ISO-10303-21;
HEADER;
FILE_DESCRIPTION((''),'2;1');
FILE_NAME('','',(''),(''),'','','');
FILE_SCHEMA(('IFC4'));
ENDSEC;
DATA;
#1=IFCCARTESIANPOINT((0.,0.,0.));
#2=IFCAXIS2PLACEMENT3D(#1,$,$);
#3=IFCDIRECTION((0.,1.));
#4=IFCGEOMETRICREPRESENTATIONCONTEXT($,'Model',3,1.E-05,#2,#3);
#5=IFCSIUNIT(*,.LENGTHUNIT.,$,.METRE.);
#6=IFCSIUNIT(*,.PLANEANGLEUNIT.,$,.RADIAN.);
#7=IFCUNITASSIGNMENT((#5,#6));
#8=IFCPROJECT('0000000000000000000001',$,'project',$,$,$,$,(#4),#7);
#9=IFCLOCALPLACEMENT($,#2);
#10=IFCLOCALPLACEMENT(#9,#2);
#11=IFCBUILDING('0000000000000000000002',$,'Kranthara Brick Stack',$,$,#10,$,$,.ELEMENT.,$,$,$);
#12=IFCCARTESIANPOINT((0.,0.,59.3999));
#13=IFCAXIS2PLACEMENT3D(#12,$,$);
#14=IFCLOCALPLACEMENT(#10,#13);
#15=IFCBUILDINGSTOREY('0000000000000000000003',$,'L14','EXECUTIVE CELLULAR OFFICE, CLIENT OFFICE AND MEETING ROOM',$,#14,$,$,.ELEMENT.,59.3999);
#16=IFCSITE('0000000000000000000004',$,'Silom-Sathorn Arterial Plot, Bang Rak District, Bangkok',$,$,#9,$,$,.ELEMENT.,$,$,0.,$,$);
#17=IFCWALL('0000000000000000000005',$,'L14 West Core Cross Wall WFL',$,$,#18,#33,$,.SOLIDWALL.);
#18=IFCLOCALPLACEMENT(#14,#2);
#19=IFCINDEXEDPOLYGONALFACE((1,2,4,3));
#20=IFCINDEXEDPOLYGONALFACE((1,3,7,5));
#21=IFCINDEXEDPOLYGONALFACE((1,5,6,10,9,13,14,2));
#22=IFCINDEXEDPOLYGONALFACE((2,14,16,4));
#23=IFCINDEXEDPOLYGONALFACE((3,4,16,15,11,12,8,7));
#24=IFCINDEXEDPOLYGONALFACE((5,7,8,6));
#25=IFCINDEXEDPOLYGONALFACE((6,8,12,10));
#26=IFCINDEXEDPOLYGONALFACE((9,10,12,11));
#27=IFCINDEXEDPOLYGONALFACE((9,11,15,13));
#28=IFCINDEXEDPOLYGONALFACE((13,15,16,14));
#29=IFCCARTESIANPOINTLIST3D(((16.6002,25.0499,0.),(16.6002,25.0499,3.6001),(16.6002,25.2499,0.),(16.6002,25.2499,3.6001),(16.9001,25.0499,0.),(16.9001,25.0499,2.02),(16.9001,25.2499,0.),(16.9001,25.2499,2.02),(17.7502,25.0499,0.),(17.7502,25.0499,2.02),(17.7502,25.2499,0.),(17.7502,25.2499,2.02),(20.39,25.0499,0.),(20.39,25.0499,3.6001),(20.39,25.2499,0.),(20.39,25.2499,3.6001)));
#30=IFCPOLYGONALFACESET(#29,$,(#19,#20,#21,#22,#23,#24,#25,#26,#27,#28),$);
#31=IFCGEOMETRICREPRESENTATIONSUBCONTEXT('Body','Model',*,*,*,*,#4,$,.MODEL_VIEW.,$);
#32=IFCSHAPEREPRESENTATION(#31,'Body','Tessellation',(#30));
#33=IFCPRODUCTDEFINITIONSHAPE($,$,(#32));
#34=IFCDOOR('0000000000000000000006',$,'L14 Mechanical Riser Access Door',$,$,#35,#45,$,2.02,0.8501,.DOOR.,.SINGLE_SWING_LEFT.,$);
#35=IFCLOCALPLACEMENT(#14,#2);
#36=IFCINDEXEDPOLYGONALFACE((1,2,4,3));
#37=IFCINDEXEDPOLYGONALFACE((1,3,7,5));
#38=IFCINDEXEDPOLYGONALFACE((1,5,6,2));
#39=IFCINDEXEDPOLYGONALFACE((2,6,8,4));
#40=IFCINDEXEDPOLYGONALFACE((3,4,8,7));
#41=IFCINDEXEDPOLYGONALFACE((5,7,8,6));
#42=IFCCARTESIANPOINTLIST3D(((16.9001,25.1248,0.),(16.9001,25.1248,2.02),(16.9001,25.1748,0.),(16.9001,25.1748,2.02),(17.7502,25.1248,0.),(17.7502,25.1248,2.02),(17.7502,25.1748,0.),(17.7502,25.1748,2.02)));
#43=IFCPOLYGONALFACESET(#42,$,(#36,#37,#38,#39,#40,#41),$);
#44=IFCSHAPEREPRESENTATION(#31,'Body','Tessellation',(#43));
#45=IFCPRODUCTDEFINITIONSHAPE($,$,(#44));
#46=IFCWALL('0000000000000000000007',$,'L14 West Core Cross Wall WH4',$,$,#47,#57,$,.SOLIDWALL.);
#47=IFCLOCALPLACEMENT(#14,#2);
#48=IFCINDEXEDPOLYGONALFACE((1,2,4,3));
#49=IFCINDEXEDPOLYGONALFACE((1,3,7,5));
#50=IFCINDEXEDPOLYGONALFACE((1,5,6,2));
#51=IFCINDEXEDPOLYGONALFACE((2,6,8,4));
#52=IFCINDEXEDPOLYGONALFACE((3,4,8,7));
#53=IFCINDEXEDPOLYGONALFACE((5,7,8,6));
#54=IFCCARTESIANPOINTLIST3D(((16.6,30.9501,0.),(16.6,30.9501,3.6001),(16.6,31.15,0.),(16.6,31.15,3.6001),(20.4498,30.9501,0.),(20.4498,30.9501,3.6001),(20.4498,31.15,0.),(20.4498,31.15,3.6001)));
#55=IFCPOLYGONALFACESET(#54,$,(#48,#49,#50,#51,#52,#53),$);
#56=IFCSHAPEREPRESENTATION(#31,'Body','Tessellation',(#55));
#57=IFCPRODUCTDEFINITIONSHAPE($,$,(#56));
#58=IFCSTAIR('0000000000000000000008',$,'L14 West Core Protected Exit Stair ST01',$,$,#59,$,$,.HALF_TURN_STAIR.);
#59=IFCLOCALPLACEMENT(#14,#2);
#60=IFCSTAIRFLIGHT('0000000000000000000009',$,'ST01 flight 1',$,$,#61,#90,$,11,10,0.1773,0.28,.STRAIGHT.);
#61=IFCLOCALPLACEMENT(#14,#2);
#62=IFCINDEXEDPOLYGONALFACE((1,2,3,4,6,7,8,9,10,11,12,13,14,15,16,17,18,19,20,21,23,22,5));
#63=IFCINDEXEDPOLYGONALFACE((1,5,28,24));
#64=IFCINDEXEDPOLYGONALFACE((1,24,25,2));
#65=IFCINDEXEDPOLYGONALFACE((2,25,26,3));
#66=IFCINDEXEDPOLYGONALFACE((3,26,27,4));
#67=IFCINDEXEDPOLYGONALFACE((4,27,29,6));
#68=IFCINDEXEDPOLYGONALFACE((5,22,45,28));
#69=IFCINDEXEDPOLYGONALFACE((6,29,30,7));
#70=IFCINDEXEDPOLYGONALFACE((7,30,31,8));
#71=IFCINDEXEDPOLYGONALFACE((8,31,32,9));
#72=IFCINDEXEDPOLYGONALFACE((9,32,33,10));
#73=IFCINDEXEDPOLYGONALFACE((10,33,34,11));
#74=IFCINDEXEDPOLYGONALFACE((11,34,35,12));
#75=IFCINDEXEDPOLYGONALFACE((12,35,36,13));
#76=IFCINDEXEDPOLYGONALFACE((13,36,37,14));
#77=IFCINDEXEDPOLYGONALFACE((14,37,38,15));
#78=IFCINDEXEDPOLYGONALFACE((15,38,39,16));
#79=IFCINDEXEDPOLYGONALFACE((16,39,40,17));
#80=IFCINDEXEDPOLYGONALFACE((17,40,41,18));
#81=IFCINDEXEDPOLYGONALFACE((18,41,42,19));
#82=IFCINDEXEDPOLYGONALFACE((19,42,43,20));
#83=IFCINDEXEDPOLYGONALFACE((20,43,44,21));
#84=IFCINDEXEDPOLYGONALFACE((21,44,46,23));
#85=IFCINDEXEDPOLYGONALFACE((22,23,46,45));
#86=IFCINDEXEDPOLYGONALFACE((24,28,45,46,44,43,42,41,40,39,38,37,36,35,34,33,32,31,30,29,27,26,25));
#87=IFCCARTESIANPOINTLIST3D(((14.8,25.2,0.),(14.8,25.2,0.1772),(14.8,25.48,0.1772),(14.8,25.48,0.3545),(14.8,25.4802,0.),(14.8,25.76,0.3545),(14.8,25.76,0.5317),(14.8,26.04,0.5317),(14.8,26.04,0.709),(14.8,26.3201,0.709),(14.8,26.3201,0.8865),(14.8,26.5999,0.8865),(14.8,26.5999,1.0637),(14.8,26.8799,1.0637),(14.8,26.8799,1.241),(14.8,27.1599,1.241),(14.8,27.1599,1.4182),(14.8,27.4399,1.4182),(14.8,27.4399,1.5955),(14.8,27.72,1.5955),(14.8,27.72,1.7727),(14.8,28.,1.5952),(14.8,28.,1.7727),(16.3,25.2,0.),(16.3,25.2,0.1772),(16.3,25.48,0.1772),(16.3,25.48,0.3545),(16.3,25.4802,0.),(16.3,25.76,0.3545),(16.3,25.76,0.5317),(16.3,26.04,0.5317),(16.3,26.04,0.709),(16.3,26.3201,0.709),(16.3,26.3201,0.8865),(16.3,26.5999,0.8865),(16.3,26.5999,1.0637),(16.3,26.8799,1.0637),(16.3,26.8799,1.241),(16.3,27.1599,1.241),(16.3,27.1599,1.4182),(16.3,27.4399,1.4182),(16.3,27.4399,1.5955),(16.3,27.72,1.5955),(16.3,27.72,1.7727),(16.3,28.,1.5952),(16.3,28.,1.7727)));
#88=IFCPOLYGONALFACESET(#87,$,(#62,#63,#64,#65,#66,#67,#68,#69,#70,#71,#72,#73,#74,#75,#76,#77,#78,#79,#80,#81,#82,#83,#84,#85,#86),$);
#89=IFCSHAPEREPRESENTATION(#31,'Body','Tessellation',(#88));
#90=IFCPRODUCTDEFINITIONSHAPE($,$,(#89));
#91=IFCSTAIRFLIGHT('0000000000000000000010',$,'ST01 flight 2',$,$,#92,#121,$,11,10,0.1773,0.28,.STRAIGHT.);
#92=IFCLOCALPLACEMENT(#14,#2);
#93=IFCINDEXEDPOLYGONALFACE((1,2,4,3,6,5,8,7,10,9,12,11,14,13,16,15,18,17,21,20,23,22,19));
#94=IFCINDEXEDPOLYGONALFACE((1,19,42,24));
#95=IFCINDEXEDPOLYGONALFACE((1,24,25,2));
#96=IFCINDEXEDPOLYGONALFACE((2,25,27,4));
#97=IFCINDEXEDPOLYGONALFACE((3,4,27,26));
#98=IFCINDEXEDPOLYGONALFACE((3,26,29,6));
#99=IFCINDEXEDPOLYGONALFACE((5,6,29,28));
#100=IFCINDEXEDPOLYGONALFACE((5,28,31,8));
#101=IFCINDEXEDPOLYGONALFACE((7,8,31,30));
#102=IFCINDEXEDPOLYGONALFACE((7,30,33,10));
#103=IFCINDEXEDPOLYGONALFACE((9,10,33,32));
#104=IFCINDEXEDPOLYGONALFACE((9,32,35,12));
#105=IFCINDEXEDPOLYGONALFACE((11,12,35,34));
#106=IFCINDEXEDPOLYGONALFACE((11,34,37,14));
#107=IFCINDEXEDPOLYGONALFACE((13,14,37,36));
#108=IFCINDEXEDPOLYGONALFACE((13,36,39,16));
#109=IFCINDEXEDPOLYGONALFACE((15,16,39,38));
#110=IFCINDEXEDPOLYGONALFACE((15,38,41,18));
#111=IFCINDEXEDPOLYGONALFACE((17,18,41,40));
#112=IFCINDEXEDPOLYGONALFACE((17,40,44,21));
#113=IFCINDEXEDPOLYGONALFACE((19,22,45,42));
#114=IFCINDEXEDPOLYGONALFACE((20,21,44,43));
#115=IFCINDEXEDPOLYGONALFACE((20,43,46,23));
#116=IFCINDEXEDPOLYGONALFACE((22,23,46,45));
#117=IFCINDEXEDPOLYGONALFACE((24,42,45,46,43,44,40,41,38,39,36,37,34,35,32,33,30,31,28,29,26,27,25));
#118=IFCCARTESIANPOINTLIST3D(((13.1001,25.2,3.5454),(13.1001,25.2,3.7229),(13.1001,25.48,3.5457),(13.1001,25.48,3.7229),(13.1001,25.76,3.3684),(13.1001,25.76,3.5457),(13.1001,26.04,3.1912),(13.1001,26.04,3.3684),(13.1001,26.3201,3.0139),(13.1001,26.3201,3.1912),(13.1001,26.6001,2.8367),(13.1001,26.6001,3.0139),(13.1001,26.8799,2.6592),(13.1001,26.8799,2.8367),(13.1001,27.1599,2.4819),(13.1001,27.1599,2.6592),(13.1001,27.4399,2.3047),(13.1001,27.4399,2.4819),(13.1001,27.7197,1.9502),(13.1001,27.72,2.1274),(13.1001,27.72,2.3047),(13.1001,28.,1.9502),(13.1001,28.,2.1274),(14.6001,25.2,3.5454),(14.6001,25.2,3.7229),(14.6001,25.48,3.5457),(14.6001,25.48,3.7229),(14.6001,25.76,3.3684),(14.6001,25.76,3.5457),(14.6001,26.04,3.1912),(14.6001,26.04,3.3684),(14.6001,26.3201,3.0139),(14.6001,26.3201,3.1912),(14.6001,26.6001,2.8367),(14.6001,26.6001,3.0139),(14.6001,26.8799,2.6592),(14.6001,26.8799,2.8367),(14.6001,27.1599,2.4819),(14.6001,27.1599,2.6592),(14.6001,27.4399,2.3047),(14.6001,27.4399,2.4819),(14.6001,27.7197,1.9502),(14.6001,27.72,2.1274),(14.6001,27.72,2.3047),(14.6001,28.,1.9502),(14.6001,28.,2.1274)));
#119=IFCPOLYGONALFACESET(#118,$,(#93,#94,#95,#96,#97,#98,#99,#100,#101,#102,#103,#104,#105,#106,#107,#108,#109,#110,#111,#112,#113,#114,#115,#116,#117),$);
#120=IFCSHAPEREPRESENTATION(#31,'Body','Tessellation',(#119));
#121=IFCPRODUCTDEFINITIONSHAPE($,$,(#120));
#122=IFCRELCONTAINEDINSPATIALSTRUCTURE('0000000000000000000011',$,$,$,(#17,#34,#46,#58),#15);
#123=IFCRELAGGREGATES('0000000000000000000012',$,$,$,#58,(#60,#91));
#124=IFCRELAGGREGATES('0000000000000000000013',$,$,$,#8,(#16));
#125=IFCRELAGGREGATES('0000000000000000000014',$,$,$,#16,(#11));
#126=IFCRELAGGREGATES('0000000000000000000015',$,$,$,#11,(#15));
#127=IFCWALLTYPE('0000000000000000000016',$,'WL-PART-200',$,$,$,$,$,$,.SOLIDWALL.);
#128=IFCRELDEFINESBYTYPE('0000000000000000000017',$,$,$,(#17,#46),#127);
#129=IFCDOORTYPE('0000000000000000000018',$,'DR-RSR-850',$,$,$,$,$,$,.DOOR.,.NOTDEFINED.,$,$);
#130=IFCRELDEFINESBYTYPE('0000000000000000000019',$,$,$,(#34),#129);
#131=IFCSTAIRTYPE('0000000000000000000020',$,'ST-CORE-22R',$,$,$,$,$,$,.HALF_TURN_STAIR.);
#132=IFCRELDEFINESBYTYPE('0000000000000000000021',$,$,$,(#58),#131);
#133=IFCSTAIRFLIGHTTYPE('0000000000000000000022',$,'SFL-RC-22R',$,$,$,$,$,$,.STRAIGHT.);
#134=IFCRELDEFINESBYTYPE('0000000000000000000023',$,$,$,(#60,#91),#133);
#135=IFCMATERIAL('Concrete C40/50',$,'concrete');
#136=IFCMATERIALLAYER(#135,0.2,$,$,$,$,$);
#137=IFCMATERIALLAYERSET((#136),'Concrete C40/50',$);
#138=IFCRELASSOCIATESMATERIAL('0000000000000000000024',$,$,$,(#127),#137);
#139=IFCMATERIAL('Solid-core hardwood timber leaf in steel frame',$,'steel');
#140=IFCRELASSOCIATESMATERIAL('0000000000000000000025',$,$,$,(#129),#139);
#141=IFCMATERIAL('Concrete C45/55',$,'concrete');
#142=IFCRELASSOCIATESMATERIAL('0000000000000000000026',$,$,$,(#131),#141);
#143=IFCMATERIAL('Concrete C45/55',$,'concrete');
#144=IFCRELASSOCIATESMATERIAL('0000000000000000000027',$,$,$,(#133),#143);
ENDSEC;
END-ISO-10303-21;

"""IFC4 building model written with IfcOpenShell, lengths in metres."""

from ifc_helpers import new_model, si_unit, direction, frame, frame_2d, origin, place, context, subcontext, project, spatial, polyline, rectangle, outline, extrude, material, layer, layer_set, type_object, element, fill, aggregate, save


model = new_model("IFC4")

# Units and contexts
model_context = context("Model", 3, precision=1e-05, world=origin(), true_north=direction((0.0, 1.0)))
body_context = subcontext(model_context, "Body", "Model", "MODEL_VIEW")
ifc_project = project(units=[si_unit("LENGTHUNIT", "METRE"), si_unit("PLANEANGLEUNIT", "RADIAN")], contexts=[model_context])

# Site, building, storey
site_placement = place(None, origin())
site = spatial("IfcSite", under=ifc_project, at=site_placement, Name="Silom-Sathorn Arterial Plot, Bang Rak District, Bangkok", CompositionType="ELEMENT", RefElevation=0.0)
building_placement = place(site_placement, origin())
building = spatial("IfcBuilding", under=site, at=building_placement, Name="Kranthara Brick Stack", CompositionType="ELEMENT")
storey_placement = place(building_placement, frame((0.0, 0.0, 59.3999)))
storey = spatial("IfcBuildingStorey", under=building, at=storey_placement, Name="L14", Description="EXECUTIVE CELLULAR OFFICE, CLIENT OFFICE AND MEETING ROOM", CompositionType="ELEMENT", Elevation=59.3999)

# Wall, opening, door
ifc_material_1 = material(Name="Concrete C40/50", Category="concrete")
ifc_layer_1 = layer(ifc_material_1, 0.2)
ifc_layer_set_1 = layer_set([ifc_layer_1], Name="Concrete C40/50")
wall_type_1 = type_object("IfcWallType", Name="WL-PART-200", PredefinedType="SOLIDWALL", material=ifc_layer_set_1)
wall_1_placement = place(storey_placement, frame((16.6001, 25.1499, 0.0), z_axis=(0.0, 0.0, 1.0), x_axis=(1.0, 0.0, 0.0)))
wall_1 = element("IfcWall", 1, at=wall_1_placement, inside=storey, type_object=wall_type_1, Name="L14 West Core Cross Wall WFL", PredefinedType="SOLIDWALL", context=body_context, shape_type="SweptSolid", body=[
    extrude(rectangle(XDim=3.7898, YDim=0.2, at=frame_2d((1.895, 0.0))), origin(), (0.0, 0.0, 1.0), 3.6001),
])
opening_1_placement = place(wall_1_placement, frame((0.3, 0.0, 0.0)))
opening_1 = element("IfcOpeningElement", 2, at=opening_1_placement, cuts=wall_1, PredefinedType="OPENING", context=body_context, shape_type="SweptSolid", body=[
    extrude(rectangle(XDim=0.8501, YDim=2.02, at=frame_2d((0.425, 1.01))), frame((0.0, 0.1099, 0.0), z_axis=(0.0, -1.0, 0.0), x_axis=(1.0, 0.0, 0.0)), (0.0, 0.0, 1.0), 0.22),
])
ifc_material_2 = material(Name="Solid-core hardwood timber leaf in steel frame", Category="steel")
door_type_1 = type_object("IfcDoorType", Name="DR-RSR-850", OperationType="NOTDEFINED", PredefinedType="DOOR", material=ifc_material_2)
door_1_placement = place(opening_1_placement, origin())
door_1 = element("IfcDoor", 3, at=door_1_placement, inside=storey, type_object=door_type_1, Name="L14 Mechanical Riser Access Door", OperationType="SINGLE_SWING_LEFT", OverallHeight=2.02, OverallWidth=0.8501, PredefinedType="DOOR", context=body_context, shape_type="SweptSolid", body=[
    extrude(rectangle(XDim=0.8501, YDim=2.02, at=frame_2d((0.425, 1.01))), frame((0.0, 0.0249, 0.0), z_axis=(0.0, -1.0, 0.0), x_axis=(1.0, 0.0, 0.0)), (0.0, 0.0, 1.0), 0.05),
])
fill(opening_1, door_1)

# Wall
wall_2_placement = place(storey_placement, frame((16.6001, 31.05, 0.0), z_axis=(0.0, 0.0, 1.0), x_axis=(1.0, 0.0, 0.0)))
element("IfcWall", 4, at=wall_2_placement, inside=storey, type_object=wall_type_1, Name="L14 West Core Cross Wall WH4", PredefinedType="SOLIDWALL", context=body_context, shape_type="SweptSolid", body=[
    extrude(rectangle(XDim=3.8499, YDim=0.2, at=frame_2d((1.9248, 0.0))), origin(), (0.0, 0.0, 1.0), 3.6001),
])

# Stair, stair flights
ifc_material_3 = material(Name="Concrete C45/55", Category="concrete")
stair_type = type_object("IfcStairType", Name="ST-CORE-22R", PredefinedType="HALF_TURN_STAIR", material=ifc_material_3)
stair_placement = place(storey_placement, origin())
stair = element("IfcStair", 5, at=stair_placement, inside=storey, type_object=stair_type, Name="L14 West Core Protected Exit Stair ST01", PredefinedType="HALF_TURN_STAIR")
ifc_material_4 = material(Name="Concrete C45/55", Category="concrete")
stair_flight_type = type_object("IfcStairFlightType", Name="SFL-RC-22R", PredefinedType="STRAIGHT", material=ifc_material_4)
stair_flight_1_placement = place(storey_placement, frame((15.55, 25.2, 0.0), z_axis=(0.0, 0.0, 1.0), x_axis=(0.0, 1.0, 0.0)))
stair_flight_1 = element("IfcStairFlight", 6, at=stair_flight_1_placement, type_object=stair_flight_type, Name="ST01 flight 1", NumberOfRisers=11, NumberOfTreads=10, PredefinedType="STRAIGHT", RiserHeight=0.1773, TreadLength=0.28, context=body_context, shape_type="SweptSolid", body=[
    extrude(outline(polyline([(0.0, 0.0), (0.0, 0.1772), (0.28, 0.1772), (0.28, 0.3545), (0.5601, 0.3545), (0.5601, 0.5317), (0.8401, 0.5317), (0.8401, 0.709), (1.1201, 0.709), (1.1201, 0.8865), (1.3999, 0.8865), (1.3999, 1.0637), (1.6799, 1.0637), (1.6799, 1.241), (1.96, 1.241), (1.96, 1.4182), (2.24, 1.4182), (2.24, 1.5955), (2.52, 1.5955), (2.52, 1.7727), (2.8, 1.7727), (2.8, 1.95), (2.8, 1.5952), (0.2803, 0.0), (0.0, 0.0)])), frame((0.0, 0.75, 0.0), z_axis=(0.0, -1.0, 0.0), x_axis=(1.0, 0.0, 0.0)), (0.0, 0.0, 1.0), 1.5),
])
stair_flight_2_placement = place(storey_placement, frame((13.8501, 28.0, 1.9502), z_axis=(0.0, 0.0, 1.0), x_axis=(0.0, -1.0, 0.0)))
stair_flight_2 = element("IfcStairFlight", 7, at=stair_flight_2_placement, type_object=stair_flight_type, Name="ST01 flight 2", NumberOfRisers=11, NumberOfTreads=10, PredefinedType="STRAIGHT", RiserHeight=0.1773, TreadLength=0.28, context=body_context, shape_type="SweptSolid", body=[
    extrude(outline(polyline([(0.0, 0.0), (0.0, 0.1772), (0.28, 0.1772), (0.28, 0.3545), (0.5601, 0.3545), (0.5601, 0.5317), (0.8401, 0.5317), (0.8401, 0.709), (1.1201, 0.709), (1.1201, 0.8865), (1.3999, 0.8865), (1.3999, 1.0637), (1.6799, 1.0637), (1.6799, 1.241), (1.96, 1.241), (1.96, 1.4182), (2.24, 1.4182), (2.24, 1.5955), (2.52, 1.5955), (2.52, 1.7727), (2.8, 1.7727), (2.8, 1.95), (2.8, 1.5952), (0.2803, 0.0), (0.0, 0.0)])), frame((0.0, 0.75, 0.0), z_axis=(0.0, -1.0, 0.0), x_axis=(1.0, 0.0, 0.0)), (0.0, 0.0, 1.0), 1.5),
])
aggregate(stair, [stair_flight_1, stair_flight_2])

save(model, "model.ifc")
